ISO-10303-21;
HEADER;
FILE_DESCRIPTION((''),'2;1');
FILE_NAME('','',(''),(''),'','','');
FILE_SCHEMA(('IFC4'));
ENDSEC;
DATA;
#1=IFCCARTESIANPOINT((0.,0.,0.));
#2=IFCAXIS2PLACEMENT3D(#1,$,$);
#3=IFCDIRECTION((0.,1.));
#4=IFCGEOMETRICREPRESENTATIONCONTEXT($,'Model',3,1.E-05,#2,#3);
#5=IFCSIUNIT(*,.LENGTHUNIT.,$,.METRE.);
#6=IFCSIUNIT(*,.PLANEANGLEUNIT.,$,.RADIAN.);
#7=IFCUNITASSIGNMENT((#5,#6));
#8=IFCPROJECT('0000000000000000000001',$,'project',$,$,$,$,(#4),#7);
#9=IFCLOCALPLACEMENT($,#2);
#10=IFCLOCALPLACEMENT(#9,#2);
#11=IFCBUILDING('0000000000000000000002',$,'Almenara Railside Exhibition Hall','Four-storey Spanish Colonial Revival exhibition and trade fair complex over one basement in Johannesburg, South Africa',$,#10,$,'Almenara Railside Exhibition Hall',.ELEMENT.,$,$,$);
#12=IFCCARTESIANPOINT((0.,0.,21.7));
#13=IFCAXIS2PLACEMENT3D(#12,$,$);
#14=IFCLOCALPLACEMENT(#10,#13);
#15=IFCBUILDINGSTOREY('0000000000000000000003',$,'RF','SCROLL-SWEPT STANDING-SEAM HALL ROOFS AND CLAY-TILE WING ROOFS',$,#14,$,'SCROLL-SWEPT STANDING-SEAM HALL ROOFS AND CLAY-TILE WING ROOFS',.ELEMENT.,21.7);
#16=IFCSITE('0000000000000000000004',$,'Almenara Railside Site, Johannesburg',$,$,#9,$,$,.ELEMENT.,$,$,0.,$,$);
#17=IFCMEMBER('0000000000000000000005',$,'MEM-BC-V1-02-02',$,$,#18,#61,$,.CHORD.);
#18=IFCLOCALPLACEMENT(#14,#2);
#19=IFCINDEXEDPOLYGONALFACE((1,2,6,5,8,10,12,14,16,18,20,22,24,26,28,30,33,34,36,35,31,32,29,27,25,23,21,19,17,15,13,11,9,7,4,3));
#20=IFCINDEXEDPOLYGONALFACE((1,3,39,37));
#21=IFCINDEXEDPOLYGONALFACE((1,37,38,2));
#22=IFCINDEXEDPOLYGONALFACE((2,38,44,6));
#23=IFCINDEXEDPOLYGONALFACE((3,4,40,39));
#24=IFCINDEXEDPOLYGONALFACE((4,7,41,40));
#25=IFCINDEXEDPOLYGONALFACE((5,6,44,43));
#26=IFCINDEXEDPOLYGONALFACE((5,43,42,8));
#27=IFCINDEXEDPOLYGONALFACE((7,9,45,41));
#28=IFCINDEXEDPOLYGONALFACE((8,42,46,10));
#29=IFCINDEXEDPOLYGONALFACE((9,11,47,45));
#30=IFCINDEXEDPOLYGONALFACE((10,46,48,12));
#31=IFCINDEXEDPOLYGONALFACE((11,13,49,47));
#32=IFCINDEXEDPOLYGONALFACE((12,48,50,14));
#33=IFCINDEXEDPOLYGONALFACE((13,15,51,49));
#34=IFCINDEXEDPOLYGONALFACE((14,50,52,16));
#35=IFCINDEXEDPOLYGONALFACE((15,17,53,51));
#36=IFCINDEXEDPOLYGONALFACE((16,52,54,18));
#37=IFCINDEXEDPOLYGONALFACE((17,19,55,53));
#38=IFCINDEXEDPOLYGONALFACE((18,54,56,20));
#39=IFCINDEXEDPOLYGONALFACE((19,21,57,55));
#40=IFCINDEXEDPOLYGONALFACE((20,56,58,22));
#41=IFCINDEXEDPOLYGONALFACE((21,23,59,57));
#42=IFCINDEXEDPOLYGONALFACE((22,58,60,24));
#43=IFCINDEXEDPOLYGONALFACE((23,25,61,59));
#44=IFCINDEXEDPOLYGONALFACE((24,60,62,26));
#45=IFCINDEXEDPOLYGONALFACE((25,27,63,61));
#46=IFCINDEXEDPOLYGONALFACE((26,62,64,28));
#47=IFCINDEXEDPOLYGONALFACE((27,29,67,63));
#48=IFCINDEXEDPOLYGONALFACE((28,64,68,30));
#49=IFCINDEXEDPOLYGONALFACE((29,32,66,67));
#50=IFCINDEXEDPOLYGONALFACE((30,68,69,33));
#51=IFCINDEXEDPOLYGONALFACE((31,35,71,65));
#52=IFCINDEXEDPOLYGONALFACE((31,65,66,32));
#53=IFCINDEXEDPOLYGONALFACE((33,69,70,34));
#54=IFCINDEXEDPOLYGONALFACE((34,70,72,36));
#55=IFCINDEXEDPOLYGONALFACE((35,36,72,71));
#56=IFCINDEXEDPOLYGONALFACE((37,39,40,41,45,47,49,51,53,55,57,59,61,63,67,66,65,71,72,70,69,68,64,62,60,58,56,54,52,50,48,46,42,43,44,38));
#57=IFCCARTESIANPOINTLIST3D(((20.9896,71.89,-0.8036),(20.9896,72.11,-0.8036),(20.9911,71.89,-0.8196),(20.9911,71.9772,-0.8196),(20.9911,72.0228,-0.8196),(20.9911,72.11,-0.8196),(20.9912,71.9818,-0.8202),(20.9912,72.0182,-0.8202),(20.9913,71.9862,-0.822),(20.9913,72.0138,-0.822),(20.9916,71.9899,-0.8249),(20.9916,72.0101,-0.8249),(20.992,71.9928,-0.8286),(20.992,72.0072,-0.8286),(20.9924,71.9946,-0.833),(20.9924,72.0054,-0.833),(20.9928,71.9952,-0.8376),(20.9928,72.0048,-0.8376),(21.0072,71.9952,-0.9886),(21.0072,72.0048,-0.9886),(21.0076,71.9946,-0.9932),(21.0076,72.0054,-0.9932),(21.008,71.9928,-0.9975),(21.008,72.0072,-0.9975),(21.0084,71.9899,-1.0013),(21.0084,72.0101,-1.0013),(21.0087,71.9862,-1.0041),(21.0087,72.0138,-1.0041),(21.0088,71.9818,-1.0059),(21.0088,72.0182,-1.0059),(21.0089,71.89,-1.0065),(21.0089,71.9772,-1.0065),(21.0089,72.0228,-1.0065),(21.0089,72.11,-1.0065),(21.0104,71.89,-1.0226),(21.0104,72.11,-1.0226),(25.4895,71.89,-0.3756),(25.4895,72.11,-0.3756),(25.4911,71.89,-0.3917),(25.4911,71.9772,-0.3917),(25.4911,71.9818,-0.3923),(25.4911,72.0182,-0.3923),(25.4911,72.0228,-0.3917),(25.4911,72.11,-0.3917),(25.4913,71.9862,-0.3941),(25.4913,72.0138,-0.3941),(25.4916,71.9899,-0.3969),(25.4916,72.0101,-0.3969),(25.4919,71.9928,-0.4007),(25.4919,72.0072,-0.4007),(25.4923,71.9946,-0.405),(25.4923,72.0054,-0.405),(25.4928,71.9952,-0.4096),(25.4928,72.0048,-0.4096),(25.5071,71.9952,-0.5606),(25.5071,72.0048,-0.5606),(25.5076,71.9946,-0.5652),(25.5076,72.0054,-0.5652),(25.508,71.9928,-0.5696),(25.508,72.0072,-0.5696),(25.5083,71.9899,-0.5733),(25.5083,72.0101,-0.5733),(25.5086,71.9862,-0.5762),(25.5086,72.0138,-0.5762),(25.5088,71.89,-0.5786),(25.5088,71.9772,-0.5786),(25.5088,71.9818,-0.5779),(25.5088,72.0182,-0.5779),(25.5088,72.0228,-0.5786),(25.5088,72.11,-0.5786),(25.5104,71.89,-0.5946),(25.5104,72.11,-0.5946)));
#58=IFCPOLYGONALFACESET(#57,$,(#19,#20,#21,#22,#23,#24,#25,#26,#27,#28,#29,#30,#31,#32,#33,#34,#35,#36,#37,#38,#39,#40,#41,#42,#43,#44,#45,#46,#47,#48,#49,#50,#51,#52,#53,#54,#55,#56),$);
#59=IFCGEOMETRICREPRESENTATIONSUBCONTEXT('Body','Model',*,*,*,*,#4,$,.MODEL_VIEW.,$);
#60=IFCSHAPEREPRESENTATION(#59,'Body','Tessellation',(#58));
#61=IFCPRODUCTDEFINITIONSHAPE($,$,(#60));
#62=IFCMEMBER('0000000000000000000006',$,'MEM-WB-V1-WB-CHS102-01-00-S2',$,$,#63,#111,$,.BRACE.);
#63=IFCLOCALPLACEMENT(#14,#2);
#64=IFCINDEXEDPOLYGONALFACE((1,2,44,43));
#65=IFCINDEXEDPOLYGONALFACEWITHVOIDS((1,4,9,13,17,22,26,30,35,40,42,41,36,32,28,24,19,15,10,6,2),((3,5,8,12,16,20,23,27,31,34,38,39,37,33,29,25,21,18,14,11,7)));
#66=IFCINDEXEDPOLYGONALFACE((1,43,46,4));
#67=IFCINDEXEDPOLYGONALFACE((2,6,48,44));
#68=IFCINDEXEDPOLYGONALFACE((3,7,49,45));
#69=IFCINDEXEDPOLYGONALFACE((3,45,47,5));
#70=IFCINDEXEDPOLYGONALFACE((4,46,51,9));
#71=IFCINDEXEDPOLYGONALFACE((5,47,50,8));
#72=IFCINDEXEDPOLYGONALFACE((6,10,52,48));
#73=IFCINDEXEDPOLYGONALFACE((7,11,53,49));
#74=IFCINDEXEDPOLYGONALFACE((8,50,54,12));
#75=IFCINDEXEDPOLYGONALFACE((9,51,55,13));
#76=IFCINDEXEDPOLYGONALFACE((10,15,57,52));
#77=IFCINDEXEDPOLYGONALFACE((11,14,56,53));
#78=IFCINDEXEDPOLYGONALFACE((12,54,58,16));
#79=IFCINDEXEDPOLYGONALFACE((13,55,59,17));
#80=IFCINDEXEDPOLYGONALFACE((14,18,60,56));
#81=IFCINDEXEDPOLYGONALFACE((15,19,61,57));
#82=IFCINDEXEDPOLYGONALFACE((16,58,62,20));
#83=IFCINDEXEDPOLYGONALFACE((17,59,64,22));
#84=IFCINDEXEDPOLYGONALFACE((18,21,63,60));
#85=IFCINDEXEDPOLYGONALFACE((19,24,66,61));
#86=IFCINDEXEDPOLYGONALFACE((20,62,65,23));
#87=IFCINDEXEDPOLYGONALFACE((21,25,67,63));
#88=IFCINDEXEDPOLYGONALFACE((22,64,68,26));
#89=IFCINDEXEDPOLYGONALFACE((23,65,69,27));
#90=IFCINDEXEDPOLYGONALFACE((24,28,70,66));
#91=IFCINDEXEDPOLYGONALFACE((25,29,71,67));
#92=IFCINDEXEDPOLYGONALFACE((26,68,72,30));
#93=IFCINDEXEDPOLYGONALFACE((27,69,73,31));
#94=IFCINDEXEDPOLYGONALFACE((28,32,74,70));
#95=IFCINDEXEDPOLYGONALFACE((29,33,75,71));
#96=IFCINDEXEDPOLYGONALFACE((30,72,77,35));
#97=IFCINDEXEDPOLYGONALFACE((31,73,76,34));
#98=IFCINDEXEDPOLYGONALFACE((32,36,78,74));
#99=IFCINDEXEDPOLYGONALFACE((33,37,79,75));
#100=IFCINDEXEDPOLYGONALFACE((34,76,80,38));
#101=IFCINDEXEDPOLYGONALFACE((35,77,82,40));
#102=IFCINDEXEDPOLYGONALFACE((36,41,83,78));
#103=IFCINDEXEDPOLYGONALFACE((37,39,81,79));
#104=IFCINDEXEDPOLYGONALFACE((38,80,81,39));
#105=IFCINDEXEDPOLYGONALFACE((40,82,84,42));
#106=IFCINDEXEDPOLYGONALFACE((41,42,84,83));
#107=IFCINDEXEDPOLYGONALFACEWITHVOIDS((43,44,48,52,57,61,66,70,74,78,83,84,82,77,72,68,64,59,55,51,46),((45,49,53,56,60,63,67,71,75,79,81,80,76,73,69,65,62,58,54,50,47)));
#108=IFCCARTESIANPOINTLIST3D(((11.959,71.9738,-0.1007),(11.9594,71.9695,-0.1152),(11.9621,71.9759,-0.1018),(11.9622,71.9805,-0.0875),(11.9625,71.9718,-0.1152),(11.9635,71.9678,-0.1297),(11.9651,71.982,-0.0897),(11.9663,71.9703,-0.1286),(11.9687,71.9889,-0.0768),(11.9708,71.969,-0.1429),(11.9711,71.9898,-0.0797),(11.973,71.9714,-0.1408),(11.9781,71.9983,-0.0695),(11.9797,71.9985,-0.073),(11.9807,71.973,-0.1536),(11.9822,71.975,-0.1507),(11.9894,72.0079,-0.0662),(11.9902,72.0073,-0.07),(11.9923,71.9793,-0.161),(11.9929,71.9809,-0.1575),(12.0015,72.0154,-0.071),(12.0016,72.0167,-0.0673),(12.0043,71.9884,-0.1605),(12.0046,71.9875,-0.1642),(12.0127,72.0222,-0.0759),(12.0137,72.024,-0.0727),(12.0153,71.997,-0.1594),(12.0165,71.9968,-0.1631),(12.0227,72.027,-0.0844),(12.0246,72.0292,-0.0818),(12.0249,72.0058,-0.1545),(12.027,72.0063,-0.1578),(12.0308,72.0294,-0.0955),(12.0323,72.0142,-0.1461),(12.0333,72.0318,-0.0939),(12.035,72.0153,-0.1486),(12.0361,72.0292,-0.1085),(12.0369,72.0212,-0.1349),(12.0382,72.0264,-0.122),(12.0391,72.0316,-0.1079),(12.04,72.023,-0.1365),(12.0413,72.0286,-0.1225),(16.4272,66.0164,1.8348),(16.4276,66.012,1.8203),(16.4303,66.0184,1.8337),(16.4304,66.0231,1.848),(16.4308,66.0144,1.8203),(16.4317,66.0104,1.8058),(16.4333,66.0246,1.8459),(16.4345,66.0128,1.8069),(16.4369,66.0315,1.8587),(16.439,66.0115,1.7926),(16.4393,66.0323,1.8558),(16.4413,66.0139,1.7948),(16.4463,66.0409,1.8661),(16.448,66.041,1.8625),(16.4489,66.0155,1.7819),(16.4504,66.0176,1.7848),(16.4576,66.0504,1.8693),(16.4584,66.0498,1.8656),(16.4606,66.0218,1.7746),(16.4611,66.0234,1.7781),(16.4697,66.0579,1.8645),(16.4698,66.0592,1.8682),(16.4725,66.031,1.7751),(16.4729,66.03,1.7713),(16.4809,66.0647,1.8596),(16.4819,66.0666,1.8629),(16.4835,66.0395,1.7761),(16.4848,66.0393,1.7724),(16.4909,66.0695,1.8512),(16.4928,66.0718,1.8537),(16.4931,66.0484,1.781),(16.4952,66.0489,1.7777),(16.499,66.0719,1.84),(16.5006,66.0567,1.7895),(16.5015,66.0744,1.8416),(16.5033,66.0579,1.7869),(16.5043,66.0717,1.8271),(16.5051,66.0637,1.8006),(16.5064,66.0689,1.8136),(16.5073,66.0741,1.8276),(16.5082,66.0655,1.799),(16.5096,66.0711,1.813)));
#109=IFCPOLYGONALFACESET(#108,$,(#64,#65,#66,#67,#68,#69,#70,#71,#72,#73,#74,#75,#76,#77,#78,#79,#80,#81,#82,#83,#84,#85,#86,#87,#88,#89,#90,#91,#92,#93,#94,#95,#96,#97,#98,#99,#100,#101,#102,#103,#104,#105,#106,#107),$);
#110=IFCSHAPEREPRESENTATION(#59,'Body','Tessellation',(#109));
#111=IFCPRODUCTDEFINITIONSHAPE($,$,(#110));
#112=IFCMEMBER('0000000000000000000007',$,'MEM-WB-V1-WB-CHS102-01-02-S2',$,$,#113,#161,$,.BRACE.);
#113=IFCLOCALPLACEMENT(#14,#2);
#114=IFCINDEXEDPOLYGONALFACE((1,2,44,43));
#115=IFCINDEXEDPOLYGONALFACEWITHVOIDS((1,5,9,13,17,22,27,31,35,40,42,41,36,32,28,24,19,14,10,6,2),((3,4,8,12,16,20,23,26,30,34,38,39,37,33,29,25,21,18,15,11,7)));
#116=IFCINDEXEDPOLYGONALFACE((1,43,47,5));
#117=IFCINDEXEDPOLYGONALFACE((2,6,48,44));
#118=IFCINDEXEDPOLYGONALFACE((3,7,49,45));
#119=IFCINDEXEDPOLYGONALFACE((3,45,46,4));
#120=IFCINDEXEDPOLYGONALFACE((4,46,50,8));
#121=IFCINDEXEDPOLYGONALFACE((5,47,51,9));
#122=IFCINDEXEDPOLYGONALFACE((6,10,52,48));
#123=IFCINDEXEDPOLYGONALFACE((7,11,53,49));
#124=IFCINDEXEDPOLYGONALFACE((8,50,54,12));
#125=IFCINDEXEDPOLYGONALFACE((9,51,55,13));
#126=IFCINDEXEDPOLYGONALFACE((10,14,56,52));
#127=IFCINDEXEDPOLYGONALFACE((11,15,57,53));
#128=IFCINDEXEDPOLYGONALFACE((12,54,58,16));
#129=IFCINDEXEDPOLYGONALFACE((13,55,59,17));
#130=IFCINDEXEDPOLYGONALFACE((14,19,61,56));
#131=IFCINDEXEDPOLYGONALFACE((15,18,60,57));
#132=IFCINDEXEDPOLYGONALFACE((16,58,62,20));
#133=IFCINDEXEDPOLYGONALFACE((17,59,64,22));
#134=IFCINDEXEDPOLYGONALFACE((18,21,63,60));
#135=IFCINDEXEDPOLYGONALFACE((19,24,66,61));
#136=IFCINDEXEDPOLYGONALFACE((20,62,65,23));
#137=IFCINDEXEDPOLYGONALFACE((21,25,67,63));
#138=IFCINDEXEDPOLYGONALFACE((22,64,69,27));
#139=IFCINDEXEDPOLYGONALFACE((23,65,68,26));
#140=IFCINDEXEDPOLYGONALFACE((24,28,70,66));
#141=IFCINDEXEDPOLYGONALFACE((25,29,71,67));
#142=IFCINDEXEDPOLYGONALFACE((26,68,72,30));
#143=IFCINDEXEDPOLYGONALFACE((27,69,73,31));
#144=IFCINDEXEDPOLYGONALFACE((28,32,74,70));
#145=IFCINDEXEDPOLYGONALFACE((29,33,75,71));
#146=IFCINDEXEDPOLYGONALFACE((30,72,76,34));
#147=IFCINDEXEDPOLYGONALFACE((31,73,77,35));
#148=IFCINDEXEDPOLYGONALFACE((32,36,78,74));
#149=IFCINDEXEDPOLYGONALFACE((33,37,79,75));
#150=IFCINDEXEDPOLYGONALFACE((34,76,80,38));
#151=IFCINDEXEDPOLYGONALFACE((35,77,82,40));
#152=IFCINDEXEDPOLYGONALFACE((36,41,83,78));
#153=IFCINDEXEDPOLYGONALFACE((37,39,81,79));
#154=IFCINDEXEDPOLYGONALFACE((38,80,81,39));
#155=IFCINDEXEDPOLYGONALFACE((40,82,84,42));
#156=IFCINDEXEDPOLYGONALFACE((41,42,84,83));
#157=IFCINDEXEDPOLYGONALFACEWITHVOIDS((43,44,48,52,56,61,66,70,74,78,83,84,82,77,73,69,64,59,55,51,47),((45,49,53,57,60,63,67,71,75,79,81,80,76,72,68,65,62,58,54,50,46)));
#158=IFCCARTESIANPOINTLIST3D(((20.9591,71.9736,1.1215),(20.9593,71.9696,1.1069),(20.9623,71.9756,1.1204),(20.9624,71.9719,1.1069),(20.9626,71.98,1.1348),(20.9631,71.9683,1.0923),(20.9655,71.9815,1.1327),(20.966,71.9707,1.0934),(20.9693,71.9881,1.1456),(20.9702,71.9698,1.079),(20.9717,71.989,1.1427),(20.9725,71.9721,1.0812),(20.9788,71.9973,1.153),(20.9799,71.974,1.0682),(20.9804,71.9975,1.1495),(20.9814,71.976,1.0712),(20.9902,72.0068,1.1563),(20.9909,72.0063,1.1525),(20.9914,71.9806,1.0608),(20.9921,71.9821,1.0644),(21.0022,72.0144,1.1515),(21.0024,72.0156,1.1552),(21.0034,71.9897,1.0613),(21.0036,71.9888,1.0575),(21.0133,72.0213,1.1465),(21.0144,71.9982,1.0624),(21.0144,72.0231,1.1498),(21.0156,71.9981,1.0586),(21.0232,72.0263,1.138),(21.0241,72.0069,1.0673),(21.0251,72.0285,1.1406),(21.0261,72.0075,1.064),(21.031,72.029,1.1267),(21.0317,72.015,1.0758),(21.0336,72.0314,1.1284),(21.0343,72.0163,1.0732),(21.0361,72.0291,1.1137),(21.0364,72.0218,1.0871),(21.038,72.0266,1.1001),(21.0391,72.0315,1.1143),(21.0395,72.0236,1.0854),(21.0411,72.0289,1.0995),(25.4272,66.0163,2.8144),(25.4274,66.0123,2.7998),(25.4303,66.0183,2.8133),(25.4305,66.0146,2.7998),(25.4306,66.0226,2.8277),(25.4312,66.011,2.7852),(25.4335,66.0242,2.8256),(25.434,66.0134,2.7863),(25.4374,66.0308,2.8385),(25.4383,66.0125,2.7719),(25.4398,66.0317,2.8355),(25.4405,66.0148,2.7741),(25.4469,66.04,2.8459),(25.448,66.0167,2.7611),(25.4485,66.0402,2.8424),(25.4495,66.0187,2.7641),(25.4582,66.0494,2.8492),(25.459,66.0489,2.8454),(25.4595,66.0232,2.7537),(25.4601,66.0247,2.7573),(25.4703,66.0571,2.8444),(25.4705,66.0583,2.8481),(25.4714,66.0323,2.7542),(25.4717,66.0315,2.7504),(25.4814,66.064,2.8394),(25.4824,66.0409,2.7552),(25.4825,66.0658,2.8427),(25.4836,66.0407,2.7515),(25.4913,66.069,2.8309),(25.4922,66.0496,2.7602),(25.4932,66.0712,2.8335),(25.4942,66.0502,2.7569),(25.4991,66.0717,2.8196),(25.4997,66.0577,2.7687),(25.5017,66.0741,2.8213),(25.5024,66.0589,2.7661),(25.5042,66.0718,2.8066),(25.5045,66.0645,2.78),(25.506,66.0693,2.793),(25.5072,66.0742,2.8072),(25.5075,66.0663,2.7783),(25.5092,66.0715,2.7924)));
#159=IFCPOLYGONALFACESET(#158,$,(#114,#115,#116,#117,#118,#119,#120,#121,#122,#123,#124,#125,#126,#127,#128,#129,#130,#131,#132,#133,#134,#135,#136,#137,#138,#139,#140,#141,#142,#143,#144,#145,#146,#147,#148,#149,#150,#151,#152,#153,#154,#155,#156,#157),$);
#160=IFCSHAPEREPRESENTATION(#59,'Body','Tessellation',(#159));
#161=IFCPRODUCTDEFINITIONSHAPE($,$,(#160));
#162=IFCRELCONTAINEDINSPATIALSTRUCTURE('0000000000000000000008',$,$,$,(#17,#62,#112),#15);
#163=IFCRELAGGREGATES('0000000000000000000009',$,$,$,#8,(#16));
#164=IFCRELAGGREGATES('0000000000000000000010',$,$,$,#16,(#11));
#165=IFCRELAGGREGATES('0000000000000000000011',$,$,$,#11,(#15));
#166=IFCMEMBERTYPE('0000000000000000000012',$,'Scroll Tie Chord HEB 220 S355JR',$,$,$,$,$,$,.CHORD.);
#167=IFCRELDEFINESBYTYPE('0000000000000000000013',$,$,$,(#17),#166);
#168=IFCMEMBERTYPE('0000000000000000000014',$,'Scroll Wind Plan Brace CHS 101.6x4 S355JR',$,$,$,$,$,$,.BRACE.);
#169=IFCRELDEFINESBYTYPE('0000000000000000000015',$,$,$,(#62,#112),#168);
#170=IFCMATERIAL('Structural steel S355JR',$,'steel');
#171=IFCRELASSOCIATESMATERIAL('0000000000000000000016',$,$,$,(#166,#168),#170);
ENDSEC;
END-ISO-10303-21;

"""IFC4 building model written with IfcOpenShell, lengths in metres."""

from ifc_helpers import new_model, si_unit, direction, frame, origin, origin_2d, place, context, subcontext, project, spatial, hollow_circle, i_section, extrude, material, material_profile, profile_set, type_object, element, save


model = new_model("IFC4")

# Units and contexts
model_context = context("Model", 3, precision=1e-05, world=origin(), true_north=direction((0.0, 1.0)))
body_context = subcontext(model_context, "Body", "Model", "MODEL_VIEW")
ifc_project = project(units=[si_unit("LENGTHUNIT", "METRE"), si_unit("PLANEANGLEUNIT", "RADIAN")], contexts=[model_context])

# Site, building, storey
site_placement = place(None, origin())
site = spatial("IfcSite", under=ifc_project, at=site_placement, Name="Almenara Railside Site, Johannesburg", CompositionType="ELEMENT", RefElevation=0.0)
building_placement = place(site_placement, origin())
building = spatial("IfcBuilding", under=site, at=building_placement, Name="Almenara Railside Exhibition Hall", Description="Four-storey Spanish Colonial Revival exhibition and trade fair complex over one basement in Johannesburg, South Africa", LongName="Almenara Railside Exhibition Hall", CompositionType="ELEMENT")
storey_placement = place(building_placement, frame((0.0, 0.0, 21.7)))
storey = spatial("IfcBuildingStorey", under=building, at=storey_placement, Name="RF", Description="SCROLL-SWEPT STANDING-SEAM HALL ROOFS AND CLAY-TILE WING ROOFS", LongName="SCROLL-SWEPT STANDING-SEAM HALL ROOFS AND CLAY-TILE WING ROOFS", CompositionType="ELEMENT", Elevation=21.7)

# Shared definitions
ifc_material_1 = material(Name="Structural steel S355JR", Category="steel")

# Members
ifc_material_profile_1 = material_profile(ifc_material_1, i_section(OverallWidth=0.22, OverallDepth=0.22, WebThickness=0.0095, FlangeThickness=0.0161, FilletRadius=0.0181, at=origin_2d()), Name="HEB 220")
ifc_profile_set_1 = profile_set([ifc_material_profile_1], Name="Structural steel S355JR")
member_type_1 = type_object("IfcMemberType", Name="Scroll Tie Chord HEB 220 S355JR", PredefinedType="CHORD", material=ifc_profile_set_1)
member_1_placement = place(storey_placement, frame((21.0, 72.0, -0.9131), z_axis=(0.995508, 0.0, 0.094679), x_axis=(0.0, 1.0, 0.0)))
element("IfcMember", 1, at=member_1_placement, inside=storey, type_object=member_type_1, Name="MEM-BC-V1-02-02", PredefinedType="CHORD", context=body_context, shape_type="SweptSolid", body=[
    extrude(i_section(OverallWidth=0.22, OverallDepth=0.22, WebThickness=0.0095, FlangeThickness=0.0161, FilletRadius=0.0181, at=origin_2d()), origin(), (0.0, 0.0, 1.0), 4.5203),
])
ifc_material_profile_2 = material_profile(ifc_material_1, hollow_circle(Radius=0.0508, WallThickness=0.0039, at=origin_2d()), Name="CHS 101.6x4")
ifc_profile_set_2 = profile_set([ifc_material_profile_2], Name="Structural steel S355JR")
member_type_2 = type_object("IfcMemberType", Name="Scroll Wind Plan Brace CHS 101.6x4 S355JR", PredefinedType="BRACE", material=ifc_profile_set_2)
member_2_placement = place(storey_placement, frame((16.4683, 66.0425, 1.8203), z_axis=(-0.580716, 0.774267, -0.251553), x_axis=(-0.799992, -0.60001, 0.0)))
element("IfcMember", 2, at=member_2_placement, inside=storey, type_object=member_type_2, Name="MEM-WB-V1-WB-CHS102-01-00-S2", PredefinedType="BRACE", context=body_context, shape_type="SweptSolid", body=[
    extrude(hollow_circle(Radius=0.0508, WallThickness=0.0039, at=origin_2d()), origin(), (0.0, 0.0, 1.0), 7.6943),
])
member_3_placement = place(storey_placement, frame((25.468, 66.0427, 2.7998), z_axis=(-0.585077, 0.780092, -0.221678), x_axis=(-0.799996, -0.600005, 0.0)))
element("IfcMember", 3, at=member_3_placement, inside=storey, type_object=member_type_2, Name="MEM-WB-V1-WB-CHS102-01-02-S2", PredefinedType="BRACE", context=body_context, shape_type="SweptSolid", body=[
    extrude(hollow_circle(Radius=0.0508, WallThickness=0.0039, at=origin_2d()), origin(), (0.0, 0.0, 1.0), 7.6367),
])

save(model, "model.ifc")
